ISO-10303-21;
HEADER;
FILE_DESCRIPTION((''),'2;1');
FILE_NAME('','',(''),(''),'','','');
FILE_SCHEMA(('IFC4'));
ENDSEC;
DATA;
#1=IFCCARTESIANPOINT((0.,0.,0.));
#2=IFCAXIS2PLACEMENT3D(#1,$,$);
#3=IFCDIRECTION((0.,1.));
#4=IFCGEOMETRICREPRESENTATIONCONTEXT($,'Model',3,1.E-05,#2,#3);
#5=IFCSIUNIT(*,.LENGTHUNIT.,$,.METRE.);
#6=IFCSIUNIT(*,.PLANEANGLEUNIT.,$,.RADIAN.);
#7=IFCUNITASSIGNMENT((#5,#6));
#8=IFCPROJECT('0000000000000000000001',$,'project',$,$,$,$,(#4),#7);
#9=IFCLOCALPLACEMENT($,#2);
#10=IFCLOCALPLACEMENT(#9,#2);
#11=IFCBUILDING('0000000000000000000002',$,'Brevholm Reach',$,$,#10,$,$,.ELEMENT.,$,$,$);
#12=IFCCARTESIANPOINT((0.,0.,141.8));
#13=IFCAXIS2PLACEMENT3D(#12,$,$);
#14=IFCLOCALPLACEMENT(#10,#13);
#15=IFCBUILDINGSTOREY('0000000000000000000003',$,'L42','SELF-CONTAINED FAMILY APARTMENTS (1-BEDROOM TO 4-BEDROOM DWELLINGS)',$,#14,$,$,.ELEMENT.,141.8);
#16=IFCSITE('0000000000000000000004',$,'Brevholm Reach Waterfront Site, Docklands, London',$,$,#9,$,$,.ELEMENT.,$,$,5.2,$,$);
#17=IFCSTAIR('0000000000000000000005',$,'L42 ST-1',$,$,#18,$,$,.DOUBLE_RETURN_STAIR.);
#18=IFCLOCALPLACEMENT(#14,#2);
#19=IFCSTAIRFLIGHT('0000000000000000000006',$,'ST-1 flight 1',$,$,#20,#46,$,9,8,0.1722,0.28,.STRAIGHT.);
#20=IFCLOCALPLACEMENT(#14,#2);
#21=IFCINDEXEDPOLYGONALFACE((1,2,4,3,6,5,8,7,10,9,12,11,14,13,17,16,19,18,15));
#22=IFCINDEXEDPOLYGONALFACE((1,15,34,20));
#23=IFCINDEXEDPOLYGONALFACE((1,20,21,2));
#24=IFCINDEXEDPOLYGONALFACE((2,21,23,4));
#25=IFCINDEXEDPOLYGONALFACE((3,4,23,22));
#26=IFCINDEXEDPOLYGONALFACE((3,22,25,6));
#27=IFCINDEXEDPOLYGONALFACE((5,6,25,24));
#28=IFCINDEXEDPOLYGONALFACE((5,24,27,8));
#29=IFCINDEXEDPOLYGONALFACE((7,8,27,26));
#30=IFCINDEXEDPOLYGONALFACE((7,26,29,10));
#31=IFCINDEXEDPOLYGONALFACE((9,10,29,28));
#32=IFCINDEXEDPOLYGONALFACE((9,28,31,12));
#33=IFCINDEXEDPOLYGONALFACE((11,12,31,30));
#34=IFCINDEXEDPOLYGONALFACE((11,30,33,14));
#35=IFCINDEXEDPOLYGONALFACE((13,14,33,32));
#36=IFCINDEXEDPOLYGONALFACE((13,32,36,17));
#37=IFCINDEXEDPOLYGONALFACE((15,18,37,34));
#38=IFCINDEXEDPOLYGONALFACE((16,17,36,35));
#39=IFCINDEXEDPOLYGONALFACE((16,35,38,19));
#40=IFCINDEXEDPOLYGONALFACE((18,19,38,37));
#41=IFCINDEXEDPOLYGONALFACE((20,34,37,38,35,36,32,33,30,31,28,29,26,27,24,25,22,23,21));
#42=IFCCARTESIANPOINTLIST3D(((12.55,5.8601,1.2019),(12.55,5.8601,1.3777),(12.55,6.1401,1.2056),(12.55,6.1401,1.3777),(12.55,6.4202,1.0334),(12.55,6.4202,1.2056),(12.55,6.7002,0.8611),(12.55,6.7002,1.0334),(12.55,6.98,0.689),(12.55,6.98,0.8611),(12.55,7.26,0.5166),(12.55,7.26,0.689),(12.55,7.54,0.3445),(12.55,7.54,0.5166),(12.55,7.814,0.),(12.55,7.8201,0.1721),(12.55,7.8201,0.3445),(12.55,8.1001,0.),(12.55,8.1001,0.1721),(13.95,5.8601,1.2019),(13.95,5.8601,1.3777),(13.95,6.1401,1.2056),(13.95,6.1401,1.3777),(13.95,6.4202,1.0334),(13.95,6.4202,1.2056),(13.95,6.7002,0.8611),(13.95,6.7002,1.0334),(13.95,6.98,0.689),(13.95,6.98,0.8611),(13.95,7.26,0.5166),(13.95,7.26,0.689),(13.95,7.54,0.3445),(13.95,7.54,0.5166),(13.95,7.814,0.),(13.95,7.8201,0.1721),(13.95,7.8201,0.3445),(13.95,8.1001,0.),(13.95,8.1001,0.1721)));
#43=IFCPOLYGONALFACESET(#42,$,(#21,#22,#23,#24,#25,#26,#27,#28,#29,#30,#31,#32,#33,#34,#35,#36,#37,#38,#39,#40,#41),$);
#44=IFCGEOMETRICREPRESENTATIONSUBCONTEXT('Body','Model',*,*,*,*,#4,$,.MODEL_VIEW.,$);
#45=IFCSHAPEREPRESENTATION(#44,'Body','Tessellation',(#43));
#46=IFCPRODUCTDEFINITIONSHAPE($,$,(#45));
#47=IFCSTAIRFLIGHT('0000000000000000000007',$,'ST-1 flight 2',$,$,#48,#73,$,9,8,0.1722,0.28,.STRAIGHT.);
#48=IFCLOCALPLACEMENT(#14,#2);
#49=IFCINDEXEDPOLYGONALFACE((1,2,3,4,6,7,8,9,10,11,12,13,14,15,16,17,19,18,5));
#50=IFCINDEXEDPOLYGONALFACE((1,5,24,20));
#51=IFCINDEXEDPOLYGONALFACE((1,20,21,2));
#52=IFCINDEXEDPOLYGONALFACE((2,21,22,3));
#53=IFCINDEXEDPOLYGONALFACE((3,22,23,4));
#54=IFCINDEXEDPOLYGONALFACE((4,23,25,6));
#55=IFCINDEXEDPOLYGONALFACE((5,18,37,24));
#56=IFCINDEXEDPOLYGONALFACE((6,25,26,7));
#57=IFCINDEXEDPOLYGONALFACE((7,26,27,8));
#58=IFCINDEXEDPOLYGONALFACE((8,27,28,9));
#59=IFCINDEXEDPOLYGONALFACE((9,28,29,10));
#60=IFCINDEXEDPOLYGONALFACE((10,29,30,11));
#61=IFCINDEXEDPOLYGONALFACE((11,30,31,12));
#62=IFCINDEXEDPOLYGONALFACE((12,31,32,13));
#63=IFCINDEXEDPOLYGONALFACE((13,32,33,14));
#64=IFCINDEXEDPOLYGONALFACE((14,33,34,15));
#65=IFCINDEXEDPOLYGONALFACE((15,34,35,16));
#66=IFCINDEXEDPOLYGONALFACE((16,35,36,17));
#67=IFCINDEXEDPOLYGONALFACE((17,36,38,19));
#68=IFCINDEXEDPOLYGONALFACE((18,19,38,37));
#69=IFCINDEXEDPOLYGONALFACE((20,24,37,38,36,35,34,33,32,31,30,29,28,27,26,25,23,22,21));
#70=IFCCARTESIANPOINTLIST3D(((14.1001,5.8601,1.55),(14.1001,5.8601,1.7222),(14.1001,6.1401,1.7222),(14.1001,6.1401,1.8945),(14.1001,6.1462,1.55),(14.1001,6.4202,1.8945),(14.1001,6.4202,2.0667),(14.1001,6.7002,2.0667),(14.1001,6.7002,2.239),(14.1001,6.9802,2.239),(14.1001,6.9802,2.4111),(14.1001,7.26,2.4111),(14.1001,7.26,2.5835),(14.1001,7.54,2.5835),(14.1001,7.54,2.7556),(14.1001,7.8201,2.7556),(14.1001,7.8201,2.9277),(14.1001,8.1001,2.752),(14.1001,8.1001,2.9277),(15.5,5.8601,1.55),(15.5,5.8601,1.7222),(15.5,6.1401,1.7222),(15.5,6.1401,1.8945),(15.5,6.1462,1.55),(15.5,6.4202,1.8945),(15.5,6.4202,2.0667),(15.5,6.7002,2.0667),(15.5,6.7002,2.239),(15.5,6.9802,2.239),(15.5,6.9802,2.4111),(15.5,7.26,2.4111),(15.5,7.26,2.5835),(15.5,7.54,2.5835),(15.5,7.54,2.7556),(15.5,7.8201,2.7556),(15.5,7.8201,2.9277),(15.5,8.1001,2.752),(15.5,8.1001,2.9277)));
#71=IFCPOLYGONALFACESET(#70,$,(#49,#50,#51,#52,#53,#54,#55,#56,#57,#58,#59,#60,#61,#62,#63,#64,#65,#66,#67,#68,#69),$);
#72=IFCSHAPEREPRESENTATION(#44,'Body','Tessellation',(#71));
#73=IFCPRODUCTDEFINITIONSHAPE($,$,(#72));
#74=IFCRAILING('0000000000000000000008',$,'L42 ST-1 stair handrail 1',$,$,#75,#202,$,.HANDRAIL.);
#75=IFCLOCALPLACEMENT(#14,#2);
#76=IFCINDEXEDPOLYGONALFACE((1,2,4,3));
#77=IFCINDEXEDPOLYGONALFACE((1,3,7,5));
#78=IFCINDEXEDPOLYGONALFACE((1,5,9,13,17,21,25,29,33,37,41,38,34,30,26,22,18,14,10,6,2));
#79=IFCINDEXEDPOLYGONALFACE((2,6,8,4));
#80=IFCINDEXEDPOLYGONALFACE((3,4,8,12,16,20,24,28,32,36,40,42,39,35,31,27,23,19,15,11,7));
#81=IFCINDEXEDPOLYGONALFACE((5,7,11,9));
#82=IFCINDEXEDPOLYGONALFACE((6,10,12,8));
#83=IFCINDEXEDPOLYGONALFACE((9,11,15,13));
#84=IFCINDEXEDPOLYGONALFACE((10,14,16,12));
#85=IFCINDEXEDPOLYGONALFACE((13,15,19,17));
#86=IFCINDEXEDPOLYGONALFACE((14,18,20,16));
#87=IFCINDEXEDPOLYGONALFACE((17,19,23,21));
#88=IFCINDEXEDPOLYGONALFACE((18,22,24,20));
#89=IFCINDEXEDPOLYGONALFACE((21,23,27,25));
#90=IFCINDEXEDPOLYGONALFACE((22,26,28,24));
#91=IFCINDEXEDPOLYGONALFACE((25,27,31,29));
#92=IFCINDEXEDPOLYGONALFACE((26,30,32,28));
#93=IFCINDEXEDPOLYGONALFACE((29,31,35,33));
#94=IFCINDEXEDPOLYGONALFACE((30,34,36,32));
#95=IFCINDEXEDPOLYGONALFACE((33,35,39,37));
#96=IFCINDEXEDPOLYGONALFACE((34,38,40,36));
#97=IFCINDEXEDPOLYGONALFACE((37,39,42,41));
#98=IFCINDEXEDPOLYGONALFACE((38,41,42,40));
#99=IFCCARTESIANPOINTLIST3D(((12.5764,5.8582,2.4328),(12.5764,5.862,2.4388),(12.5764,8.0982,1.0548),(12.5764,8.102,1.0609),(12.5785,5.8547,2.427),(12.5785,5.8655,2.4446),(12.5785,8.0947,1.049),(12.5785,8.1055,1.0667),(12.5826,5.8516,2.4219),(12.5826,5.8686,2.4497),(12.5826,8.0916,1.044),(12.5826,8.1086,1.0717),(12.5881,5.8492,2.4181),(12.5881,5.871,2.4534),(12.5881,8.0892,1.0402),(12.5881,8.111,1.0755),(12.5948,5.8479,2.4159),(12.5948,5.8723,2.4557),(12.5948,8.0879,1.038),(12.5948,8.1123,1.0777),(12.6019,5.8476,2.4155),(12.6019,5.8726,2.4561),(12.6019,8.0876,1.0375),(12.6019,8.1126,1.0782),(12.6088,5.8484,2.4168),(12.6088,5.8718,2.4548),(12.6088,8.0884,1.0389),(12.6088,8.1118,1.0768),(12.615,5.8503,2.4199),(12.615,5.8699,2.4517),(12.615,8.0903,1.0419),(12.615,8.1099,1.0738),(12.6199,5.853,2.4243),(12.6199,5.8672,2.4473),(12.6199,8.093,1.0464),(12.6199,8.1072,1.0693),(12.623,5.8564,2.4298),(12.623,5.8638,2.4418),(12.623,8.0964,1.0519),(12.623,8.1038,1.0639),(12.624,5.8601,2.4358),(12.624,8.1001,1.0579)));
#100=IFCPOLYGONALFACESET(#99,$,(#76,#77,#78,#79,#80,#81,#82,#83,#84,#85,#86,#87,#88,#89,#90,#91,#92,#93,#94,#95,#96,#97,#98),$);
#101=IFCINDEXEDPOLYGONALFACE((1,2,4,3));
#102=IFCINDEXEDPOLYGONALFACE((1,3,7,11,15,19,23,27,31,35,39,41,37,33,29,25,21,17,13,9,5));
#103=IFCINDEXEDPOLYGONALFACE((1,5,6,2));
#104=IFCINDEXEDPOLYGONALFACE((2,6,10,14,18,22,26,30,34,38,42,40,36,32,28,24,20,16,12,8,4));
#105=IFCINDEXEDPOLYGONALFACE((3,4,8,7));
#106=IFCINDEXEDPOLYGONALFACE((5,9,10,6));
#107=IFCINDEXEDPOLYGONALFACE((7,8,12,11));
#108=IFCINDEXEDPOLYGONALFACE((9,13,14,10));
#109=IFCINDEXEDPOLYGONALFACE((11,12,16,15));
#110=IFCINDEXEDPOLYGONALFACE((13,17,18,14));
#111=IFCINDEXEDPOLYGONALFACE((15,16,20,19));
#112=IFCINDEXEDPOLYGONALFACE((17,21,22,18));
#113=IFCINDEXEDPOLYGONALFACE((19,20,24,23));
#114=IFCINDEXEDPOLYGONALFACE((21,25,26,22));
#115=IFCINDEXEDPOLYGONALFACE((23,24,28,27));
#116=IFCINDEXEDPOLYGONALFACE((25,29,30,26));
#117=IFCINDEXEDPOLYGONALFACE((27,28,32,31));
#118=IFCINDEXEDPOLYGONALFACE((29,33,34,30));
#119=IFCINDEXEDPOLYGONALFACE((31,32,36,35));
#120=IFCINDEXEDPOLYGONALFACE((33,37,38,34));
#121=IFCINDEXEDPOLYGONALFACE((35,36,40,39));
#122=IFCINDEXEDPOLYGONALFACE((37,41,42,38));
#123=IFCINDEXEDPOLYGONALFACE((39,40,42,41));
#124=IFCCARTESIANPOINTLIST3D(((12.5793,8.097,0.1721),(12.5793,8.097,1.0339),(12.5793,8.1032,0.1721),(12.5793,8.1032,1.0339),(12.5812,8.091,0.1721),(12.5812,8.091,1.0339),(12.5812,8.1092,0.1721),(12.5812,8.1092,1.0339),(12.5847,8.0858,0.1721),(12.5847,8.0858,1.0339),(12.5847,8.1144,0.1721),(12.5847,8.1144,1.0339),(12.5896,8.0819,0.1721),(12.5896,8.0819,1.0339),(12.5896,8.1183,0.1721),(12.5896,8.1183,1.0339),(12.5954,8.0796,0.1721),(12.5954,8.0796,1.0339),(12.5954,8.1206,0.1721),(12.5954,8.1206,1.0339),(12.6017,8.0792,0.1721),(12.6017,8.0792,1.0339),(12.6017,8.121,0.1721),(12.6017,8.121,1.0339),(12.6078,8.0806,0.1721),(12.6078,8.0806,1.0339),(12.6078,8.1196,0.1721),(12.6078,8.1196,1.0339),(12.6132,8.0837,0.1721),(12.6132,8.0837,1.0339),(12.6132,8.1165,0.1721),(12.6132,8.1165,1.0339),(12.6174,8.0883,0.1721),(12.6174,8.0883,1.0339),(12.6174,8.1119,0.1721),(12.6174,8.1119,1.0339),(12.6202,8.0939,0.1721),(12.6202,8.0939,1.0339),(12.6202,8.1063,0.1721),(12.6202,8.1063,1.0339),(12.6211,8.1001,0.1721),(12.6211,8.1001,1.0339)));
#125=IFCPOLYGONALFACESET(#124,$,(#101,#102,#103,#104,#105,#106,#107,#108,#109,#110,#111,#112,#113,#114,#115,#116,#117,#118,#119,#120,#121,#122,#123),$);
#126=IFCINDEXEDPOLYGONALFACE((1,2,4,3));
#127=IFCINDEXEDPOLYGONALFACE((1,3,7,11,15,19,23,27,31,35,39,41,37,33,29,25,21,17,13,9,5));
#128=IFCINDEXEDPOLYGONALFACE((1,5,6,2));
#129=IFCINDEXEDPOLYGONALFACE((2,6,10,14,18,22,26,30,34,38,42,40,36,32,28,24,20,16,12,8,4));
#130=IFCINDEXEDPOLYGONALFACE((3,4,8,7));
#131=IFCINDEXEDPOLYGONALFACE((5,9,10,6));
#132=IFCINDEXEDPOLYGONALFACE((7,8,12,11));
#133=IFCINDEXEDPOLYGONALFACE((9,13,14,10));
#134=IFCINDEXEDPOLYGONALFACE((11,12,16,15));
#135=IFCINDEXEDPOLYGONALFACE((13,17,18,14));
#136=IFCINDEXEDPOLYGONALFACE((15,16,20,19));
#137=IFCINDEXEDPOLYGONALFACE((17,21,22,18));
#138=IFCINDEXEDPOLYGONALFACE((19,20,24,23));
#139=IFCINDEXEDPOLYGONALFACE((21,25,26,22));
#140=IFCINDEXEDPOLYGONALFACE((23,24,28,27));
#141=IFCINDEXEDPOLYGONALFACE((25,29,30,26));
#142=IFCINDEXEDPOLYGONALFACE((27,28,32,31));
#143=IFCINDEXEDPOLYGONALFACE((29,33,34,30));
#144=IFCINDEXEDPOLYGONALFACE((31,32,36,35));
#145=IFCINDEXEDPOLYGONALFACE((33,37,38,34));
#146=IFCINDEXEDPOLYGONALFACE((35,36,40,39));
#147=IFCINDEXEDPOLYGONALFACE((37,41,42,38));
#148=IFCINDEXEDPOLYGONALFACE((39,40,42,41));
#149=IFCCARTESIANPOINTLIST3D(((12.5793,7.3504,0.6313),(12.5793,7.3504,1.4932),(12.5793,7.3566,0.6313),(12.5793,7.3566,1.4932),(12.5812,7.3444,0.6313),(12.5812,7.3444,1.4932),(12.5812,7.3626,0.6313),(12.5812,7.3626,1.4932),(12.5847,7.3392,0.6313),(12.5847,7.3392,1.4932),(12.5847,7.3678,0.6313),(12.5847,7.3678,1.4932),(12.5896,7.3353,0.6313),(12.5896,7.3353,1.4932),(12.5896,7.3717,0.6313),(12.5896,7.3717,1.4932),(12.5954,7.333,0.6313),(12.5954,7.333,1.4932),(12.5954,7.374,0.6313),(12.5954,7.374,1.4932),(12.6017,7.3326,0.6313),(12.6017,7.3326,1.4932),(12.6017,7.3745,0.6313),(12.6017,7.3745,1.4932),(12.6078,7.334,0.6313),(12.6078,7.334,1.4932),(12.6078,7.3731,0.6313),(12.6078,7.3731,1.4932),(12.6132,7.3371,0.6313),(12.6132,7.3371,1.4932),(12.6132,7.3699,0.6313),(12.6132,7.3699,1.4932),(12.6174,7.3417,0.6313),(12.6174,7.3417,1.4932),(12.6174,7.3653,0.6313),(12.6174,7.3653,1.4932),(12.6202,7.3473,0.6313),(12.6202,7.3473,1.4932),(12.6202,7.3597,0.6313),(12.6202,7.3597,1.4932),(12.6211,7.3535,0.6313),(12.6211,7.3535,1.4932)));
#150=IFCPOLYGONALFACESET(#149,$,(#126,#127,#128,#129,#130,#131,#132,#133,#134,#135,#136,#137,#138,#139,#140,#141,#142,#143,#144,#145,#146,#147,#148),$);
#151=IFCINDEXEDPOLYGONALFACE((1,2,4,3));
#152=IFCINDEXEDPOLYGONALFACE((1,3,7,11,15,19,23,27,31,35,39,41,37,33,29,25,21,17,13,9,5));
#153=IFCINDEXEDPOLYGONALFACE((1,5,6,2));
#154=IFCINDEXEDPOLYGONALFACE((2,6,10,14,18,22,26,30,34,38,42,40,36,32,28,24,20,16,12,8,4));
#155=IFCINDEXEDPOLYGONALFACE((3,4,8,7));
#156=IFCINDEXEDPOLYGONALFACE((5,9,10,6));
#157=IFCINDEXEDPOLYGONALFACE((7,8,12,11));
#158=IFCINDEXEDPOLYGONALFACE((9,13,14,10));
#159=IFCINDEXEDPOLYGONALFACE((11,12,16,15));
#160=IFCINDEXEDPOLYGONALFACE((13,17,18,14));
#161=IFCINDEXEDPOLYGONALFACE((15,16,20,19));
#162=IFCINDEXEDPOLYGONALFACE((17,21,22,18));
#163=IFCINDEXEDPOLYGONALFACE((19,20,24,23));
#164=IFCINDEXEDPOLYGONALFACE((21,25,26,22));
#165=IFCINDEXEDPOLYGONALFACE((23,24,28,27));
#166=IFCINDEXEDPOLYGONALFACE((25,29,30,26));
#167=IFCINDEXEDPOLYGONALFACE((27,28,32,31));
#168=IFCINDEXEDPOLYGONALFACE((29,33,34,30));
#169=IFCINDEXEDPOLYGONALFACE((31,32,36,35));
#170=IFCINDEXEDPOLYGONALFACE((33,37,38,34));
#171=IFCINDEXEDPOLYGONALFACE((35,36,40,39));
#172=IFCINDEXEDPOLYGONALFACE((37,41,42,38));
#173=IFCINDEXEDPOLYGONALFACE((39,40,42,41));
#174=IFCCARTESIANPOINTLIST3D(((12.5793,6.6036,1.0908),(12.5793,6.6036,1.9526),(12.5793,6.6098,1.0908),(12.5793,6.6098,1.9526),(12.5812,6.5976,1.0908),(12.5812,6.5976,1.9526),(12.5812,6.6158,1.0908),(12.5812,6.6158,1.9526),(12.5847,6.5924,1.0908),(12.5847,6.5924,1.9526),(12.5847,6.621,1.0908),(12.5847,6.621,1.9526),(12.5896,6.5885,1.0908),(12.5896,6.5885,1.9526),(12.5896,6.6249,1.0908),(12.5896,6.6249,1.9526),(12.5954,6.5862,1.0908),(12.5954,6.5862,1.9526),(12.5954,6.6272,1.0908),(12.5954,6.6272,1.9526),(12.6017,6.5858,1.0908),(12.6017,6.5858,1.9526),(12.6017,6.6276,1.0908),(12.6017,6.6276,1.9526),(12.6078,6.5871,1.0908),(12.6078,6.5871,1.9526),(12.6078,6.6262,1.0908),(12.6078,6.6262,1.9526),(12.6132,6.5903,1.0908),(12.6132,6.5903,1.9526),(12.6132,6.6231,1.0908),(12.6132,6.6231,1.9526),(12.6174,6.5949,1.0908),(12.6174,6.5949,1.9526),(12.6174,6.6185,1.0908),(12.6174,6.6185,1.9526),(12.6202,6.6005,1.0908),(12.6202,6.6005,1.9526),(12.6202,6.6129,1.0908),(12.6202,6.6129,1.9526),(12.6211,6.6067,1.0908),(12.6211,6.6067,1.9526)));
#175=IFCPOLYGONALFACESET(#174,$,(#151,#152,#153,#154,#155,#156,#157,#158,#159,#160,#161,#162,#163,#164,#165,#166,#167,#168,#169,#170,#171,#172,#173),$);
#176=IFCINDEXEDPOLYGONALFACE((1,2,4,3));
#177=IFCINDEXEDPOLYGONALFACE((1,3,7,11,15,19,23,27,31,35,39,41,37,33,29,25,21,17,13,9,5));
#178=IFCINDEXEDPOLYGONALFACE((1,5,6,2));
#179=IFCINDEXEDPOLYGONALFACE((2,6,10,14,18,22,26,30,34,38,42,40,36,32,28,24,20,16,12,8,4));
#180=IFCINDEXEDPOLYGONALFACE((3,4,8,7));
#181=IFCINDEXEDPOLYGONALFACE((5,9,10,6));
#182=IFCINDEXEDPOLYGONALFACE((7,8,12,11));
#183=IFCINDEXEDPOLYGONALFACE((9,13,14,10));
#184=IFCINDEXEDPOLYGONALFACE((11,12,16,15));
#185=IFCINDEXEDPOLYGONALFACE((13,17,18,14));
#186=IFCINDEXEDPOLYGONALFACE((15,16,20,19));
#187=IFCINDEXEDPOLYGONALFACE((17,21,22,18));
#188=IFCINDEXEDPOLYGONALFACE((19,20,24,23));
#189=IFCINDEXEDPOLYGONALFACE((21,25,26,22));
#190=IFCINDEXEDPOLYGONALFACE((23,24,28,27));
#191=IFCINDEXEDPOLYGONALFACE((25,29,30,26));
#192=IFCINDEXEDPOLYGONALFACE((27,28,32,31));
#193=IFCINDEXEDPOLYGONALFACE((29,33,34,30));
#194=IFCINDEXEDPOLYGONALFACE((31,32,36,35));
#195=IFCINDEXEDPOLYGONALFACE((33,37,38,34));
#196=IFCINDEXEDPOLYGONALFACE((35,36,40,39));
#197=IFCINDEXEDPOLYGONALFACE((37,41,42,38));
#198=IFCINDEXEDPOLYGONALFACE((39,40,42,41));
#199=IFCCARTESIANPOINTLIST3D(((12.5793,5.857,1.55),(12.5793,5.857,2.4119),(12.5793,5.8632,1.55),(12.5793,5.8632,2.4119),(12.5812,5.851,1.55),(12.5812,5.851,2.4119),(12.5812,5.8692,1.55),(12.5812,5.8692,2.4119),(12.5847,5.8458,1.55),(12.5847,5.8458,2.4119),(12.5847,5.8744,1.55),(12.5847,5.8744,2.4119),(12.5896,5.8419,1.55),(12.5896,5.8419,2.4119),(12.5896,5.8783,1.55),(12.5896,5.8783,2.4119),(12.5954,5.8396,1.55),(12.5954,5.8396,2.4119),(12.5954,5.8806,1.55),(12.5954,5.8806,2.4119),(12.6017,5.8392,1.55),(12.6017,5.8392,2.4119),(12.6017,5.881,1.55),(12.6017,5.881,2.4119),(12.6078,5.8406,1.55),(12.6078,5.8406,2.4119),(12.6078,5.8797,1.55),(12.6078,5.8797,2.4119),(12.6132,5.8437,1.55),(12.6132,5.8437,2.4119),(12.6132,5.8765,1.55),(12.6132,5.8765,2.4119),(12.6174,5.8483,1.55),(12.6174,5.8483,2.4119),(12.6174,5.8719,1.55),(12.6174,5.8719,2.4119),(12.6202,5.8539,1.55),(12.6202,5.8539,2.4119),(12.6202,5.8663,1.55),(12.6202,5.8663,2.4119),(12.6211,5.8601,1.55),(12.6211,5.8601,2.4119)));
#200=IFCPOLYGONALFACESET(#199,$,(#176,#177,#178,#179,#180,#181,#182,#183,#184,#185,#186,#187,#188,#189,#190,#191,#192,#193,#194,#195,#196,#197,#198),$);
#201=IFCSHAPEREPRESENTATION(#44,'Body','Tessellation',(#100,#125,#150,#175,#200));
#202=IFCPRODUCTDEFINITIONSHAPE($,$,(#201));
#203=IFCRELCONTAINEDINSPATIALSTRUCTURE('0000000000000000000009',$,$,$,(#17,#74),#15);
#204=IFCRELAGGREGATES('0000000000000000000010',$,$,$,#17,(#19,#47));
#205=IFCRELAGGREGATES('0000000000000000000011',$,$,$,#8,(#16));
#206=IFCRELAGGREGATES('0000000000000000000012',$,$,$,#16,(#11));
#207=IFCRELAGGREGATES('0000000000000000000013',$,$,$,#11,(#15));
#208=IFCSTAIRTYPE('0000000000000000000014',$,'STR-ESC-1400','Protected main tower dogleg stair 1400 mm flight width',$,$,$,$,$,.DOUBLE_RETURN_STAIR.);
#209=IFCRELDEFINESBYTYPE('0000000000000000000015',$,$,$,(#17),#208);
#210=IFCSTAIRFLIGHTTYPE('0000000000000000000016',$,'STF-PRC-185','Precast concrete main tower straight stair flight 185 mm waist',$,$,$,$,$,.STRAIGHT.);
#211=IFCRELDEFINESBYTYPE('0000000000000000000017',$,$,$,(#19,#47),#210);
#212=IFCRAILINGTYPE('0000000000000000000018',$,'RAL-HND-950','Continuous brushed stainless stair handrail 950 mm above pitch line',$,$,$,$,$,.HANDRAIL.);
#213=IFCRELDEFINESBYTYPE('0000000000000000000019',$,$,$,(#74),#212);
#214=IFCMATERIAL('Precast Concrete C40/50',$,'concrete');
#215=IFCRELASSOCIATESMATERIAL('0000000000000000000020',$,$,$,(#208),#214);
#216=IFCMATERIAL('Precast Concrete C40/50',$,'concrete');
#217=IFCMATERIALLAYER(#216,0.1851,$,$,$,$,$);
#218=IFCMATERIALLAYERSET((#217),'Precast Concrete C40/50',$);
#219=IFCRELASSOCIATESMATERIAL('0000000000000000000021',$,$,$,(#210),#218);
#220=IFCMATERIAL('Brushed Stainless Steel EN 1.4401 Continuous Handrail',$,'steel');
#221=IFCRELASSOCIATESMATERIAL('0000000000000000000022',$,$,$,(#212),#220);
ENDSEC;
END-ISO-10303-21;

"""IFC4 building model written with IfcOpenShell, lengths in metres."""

from ifc_helpers import new_model, si_unit, direction, frame, origin, origin_2d, place, context, subcontext, project, spatial, polyline, circle, outline, extrude, material, layer, layer_set, type_object, element, aggregate, save


model = new_model("IFC4")

# Units and contexts
model_context = context("Model", 3, precision=1e-05, world=origin(), true_north=direction((0.0, 1.0)))
body_context = subcontext(model_context, "Body", "Model", "MODEL_VIEW")
ifc_project = project(units=[si_unit("LENGTHUNIT", "METRE"), si_unit("PLANEANGLEUNIT", "RADIAN")], contexts=[model_context])

# Site, building, storey
site_placement = place(None, origin())
site = spatial("IfcSite", under=ifc_project, at=site_placement, Name="Brevholm Reach Waterfront Site, Docklands, London", CompositionType="ELEMENT", RefElevation=5.2)
building_placement = place(site_placement, origin())
building = spatial("IfcBuilding", under=site, at=building_placement, Name="Brevholm Reach", CompositionType="ELEMENT")
storey_placement = place(building_placement, frame((0.0, 0.0, 141.8)))
storey = spatial("IfcBuildingStorey", under=building, at=storey_placement, Name="L42", Description="SELF-CONTAINED FAMILY APARTMENTS (1-BEDROOM TO 4-BEDROOM DWELLINGS)", CompositionType="ELEMENT", Elevation=141.8)

# Stair, stair flights
ifc_material_1 = material(Name="Precast Concrete C40/50", Category="concrete")
stair_type = type_object("IfcStairType", Name="STR-ESC-1400", Description="Protected main tower dogleg stair 1400 mm flight width", PredefinedType="DOUBLE_RETURN_STAIR", material=ifc_material_1)
stair_placement = place(storey_placement, origin())
stair = element("IfcStair", 1, at=stair_placement, inside=storey, type_object=stair_type, Name="L42 ST-1", PredefinedType="DOUBLE_RETURN_STAIR")
ifc_material_2 = material(Name="Precast Concrete C40/50", Category="concrete")
ifc_layer_1 = layer(ifc_material_2, 0.1851)
ifc_layer_set_1 = layer_set([ifc_layer_1], Name="Precast Concrete C40/50")
stair_flight_type = type_object("IfcStairFlightType", Name="STF-PRC-185", Description="Precast concrete main tower straight stair flight 185 mm waist", PredefinedType="STRAIGHT", material=ifc_layer_set_1)
stair_flight_1_placement = place(storey_placement, frame((13.25, 8.1001, 0.0), z_axis=(0.0, 0.0, 1.0), x_axis=(0.0, -1.0, 0.0)))
stair_flight_1 = element("IfcStairFlight", 2, at=stair_flight_1_placement, type_object=stair_flight_type, Name="ST-1 flight 1", NumberOfRisers=9, NumberOfTreads=8, PredefinedType="STRAIGHT", RiserHeight=0.1722, TreadLength=0.28, context=body_context, shape_type="SweptSolid", body=[
    extrude(outline(polyline([(0.0, 0.0), (0.0, 0.1721), (0.28, 0.1721), (0.28, 0.3445), (0.5601, 0.3445), (0.5601, 0.5166), (0.8401, 0.5166), (0.8401, 0.689), (1.1201, 0.689), (1.1201, 0.8611), (1.3999, 0.8611), (1.3999, 1.0334), (1.6799, 1.0334), (1.6799, 1.2056), (1.96, 1.2056), (1.96, 1.3777), (2.24, 1.3777), (2.24, 1.55), (2.24, 1.2019), (0.2861, 0.0), (0.0, 0.0)])), frame((0.0, 0.7, 0.0), z_axis=(0.0, -1.0, 0.0), x_axis=(1.0, 0.0, 0.0)), (0.0, 0.0, 1.0), 1.3999),
])
stair_flight_2_placement = place(storey_placement, frame((14.8, 5.8601, 1.55), z_axis=(0.0, 0.0, 1.0), x_axis=(0.0, 1.0, 0.0)))
stair_flight_2 = element("IfcStairFlight", 3, at=stair_flight_2_placement, type_object=stair_flight_type, Name="ST-1 flight 2", NumberOfRisers=9, NumberOfTreads=8, PredefinedType="STRAIGHT", RiserHeight=0.1722, TreadLength=0.28, context=body_context, shape_type="SweptSolid", body=[
    extrude(outline(polyline([(0.0, 0.0), (0.0, 0.1721), (0.28, 0.1721), (0.28, 0.3445), (0.5601, 0.3445), (0.5601, 0.5166), (0.8401, 0.5166), (0.8401, 0.689), (1.1201, 0.689), (1.1201, 0.8611), (1.3999, 0.8611), (1.3999, 1.0334), (1.6799, 1.0334), (1.6799, 1.2056), (1.96, 1.2056), (1.96, 1.3777), (2.24, 1.3777), (2.24, 1.55), (2.24, 1.2019), (0.2861, 0.0), (0.0, 0.0)])), frame((0.0, 0.7, 0.0), z_axis=(0.0, -1.0, 0.0), x_axis=(1.0, 0.0, 0.0)), (0.0, 0.0, 1.0), 1.3999),
])
aggregate(stair, [stair_flight_1, stair_flight_2])

# Railing
ifc_material_3 = material(Name="Brushed Stainless Steel EN 1.4401 Continuous Handrail", Category="steel")
railing_type_1 = type_object("IfcRailingType", Name="RAL-HND-950", Description="Continuous brushed stainless stair handrail 950 mm above pitch line", PredefinedType="HANDRAIL", material=ifc_material_3)
railing_1_placement = place(storey_placement, frame((12.6001, 8.1001, 0.1721)))
element("IfcRailing", 4, at=railing_1_placement, inside=storey, type_object=railing_type_1, Name="L42 ST-1 stair handrail 1", PredefinedType="HANDRAIL", context=body_context, shape_type="SweptSolid", body=[
    extrude(circle(Radius=0.0239, at=origin_2d()), frame((0.0, 0.0, 0.8857), z_axis=(0.0, -0.851748, 0.523952), x_axis=(1.0, 0.0, 0.0)), (0.0, 0.0, 1.0), 2.6299),
    extrude(circle(Radius=0.021, at=origin_2d()), origin(), (0.0, 0.0, 1.0), 0.8618),
    extrude(circle(Radius=0.021, at=origin_2d()), frame((0.0, -0.7466, 0.4592)), (0.0, 0.0, 1.0), 0.8618),
    extrude(circle(Radius=0.021, at=origin_2d()), frame((0.0, -1.4934, 0.9187)), (0.0, 0.0, 1.0), 0.8618),
    extrude(circle(Radius=0.021, at=origin_2d()), frame((0.0, -2.24, 1.3779)), (0.0, 0.0, 1.0), 0.8618),
])

save(model, "model.ifc")
